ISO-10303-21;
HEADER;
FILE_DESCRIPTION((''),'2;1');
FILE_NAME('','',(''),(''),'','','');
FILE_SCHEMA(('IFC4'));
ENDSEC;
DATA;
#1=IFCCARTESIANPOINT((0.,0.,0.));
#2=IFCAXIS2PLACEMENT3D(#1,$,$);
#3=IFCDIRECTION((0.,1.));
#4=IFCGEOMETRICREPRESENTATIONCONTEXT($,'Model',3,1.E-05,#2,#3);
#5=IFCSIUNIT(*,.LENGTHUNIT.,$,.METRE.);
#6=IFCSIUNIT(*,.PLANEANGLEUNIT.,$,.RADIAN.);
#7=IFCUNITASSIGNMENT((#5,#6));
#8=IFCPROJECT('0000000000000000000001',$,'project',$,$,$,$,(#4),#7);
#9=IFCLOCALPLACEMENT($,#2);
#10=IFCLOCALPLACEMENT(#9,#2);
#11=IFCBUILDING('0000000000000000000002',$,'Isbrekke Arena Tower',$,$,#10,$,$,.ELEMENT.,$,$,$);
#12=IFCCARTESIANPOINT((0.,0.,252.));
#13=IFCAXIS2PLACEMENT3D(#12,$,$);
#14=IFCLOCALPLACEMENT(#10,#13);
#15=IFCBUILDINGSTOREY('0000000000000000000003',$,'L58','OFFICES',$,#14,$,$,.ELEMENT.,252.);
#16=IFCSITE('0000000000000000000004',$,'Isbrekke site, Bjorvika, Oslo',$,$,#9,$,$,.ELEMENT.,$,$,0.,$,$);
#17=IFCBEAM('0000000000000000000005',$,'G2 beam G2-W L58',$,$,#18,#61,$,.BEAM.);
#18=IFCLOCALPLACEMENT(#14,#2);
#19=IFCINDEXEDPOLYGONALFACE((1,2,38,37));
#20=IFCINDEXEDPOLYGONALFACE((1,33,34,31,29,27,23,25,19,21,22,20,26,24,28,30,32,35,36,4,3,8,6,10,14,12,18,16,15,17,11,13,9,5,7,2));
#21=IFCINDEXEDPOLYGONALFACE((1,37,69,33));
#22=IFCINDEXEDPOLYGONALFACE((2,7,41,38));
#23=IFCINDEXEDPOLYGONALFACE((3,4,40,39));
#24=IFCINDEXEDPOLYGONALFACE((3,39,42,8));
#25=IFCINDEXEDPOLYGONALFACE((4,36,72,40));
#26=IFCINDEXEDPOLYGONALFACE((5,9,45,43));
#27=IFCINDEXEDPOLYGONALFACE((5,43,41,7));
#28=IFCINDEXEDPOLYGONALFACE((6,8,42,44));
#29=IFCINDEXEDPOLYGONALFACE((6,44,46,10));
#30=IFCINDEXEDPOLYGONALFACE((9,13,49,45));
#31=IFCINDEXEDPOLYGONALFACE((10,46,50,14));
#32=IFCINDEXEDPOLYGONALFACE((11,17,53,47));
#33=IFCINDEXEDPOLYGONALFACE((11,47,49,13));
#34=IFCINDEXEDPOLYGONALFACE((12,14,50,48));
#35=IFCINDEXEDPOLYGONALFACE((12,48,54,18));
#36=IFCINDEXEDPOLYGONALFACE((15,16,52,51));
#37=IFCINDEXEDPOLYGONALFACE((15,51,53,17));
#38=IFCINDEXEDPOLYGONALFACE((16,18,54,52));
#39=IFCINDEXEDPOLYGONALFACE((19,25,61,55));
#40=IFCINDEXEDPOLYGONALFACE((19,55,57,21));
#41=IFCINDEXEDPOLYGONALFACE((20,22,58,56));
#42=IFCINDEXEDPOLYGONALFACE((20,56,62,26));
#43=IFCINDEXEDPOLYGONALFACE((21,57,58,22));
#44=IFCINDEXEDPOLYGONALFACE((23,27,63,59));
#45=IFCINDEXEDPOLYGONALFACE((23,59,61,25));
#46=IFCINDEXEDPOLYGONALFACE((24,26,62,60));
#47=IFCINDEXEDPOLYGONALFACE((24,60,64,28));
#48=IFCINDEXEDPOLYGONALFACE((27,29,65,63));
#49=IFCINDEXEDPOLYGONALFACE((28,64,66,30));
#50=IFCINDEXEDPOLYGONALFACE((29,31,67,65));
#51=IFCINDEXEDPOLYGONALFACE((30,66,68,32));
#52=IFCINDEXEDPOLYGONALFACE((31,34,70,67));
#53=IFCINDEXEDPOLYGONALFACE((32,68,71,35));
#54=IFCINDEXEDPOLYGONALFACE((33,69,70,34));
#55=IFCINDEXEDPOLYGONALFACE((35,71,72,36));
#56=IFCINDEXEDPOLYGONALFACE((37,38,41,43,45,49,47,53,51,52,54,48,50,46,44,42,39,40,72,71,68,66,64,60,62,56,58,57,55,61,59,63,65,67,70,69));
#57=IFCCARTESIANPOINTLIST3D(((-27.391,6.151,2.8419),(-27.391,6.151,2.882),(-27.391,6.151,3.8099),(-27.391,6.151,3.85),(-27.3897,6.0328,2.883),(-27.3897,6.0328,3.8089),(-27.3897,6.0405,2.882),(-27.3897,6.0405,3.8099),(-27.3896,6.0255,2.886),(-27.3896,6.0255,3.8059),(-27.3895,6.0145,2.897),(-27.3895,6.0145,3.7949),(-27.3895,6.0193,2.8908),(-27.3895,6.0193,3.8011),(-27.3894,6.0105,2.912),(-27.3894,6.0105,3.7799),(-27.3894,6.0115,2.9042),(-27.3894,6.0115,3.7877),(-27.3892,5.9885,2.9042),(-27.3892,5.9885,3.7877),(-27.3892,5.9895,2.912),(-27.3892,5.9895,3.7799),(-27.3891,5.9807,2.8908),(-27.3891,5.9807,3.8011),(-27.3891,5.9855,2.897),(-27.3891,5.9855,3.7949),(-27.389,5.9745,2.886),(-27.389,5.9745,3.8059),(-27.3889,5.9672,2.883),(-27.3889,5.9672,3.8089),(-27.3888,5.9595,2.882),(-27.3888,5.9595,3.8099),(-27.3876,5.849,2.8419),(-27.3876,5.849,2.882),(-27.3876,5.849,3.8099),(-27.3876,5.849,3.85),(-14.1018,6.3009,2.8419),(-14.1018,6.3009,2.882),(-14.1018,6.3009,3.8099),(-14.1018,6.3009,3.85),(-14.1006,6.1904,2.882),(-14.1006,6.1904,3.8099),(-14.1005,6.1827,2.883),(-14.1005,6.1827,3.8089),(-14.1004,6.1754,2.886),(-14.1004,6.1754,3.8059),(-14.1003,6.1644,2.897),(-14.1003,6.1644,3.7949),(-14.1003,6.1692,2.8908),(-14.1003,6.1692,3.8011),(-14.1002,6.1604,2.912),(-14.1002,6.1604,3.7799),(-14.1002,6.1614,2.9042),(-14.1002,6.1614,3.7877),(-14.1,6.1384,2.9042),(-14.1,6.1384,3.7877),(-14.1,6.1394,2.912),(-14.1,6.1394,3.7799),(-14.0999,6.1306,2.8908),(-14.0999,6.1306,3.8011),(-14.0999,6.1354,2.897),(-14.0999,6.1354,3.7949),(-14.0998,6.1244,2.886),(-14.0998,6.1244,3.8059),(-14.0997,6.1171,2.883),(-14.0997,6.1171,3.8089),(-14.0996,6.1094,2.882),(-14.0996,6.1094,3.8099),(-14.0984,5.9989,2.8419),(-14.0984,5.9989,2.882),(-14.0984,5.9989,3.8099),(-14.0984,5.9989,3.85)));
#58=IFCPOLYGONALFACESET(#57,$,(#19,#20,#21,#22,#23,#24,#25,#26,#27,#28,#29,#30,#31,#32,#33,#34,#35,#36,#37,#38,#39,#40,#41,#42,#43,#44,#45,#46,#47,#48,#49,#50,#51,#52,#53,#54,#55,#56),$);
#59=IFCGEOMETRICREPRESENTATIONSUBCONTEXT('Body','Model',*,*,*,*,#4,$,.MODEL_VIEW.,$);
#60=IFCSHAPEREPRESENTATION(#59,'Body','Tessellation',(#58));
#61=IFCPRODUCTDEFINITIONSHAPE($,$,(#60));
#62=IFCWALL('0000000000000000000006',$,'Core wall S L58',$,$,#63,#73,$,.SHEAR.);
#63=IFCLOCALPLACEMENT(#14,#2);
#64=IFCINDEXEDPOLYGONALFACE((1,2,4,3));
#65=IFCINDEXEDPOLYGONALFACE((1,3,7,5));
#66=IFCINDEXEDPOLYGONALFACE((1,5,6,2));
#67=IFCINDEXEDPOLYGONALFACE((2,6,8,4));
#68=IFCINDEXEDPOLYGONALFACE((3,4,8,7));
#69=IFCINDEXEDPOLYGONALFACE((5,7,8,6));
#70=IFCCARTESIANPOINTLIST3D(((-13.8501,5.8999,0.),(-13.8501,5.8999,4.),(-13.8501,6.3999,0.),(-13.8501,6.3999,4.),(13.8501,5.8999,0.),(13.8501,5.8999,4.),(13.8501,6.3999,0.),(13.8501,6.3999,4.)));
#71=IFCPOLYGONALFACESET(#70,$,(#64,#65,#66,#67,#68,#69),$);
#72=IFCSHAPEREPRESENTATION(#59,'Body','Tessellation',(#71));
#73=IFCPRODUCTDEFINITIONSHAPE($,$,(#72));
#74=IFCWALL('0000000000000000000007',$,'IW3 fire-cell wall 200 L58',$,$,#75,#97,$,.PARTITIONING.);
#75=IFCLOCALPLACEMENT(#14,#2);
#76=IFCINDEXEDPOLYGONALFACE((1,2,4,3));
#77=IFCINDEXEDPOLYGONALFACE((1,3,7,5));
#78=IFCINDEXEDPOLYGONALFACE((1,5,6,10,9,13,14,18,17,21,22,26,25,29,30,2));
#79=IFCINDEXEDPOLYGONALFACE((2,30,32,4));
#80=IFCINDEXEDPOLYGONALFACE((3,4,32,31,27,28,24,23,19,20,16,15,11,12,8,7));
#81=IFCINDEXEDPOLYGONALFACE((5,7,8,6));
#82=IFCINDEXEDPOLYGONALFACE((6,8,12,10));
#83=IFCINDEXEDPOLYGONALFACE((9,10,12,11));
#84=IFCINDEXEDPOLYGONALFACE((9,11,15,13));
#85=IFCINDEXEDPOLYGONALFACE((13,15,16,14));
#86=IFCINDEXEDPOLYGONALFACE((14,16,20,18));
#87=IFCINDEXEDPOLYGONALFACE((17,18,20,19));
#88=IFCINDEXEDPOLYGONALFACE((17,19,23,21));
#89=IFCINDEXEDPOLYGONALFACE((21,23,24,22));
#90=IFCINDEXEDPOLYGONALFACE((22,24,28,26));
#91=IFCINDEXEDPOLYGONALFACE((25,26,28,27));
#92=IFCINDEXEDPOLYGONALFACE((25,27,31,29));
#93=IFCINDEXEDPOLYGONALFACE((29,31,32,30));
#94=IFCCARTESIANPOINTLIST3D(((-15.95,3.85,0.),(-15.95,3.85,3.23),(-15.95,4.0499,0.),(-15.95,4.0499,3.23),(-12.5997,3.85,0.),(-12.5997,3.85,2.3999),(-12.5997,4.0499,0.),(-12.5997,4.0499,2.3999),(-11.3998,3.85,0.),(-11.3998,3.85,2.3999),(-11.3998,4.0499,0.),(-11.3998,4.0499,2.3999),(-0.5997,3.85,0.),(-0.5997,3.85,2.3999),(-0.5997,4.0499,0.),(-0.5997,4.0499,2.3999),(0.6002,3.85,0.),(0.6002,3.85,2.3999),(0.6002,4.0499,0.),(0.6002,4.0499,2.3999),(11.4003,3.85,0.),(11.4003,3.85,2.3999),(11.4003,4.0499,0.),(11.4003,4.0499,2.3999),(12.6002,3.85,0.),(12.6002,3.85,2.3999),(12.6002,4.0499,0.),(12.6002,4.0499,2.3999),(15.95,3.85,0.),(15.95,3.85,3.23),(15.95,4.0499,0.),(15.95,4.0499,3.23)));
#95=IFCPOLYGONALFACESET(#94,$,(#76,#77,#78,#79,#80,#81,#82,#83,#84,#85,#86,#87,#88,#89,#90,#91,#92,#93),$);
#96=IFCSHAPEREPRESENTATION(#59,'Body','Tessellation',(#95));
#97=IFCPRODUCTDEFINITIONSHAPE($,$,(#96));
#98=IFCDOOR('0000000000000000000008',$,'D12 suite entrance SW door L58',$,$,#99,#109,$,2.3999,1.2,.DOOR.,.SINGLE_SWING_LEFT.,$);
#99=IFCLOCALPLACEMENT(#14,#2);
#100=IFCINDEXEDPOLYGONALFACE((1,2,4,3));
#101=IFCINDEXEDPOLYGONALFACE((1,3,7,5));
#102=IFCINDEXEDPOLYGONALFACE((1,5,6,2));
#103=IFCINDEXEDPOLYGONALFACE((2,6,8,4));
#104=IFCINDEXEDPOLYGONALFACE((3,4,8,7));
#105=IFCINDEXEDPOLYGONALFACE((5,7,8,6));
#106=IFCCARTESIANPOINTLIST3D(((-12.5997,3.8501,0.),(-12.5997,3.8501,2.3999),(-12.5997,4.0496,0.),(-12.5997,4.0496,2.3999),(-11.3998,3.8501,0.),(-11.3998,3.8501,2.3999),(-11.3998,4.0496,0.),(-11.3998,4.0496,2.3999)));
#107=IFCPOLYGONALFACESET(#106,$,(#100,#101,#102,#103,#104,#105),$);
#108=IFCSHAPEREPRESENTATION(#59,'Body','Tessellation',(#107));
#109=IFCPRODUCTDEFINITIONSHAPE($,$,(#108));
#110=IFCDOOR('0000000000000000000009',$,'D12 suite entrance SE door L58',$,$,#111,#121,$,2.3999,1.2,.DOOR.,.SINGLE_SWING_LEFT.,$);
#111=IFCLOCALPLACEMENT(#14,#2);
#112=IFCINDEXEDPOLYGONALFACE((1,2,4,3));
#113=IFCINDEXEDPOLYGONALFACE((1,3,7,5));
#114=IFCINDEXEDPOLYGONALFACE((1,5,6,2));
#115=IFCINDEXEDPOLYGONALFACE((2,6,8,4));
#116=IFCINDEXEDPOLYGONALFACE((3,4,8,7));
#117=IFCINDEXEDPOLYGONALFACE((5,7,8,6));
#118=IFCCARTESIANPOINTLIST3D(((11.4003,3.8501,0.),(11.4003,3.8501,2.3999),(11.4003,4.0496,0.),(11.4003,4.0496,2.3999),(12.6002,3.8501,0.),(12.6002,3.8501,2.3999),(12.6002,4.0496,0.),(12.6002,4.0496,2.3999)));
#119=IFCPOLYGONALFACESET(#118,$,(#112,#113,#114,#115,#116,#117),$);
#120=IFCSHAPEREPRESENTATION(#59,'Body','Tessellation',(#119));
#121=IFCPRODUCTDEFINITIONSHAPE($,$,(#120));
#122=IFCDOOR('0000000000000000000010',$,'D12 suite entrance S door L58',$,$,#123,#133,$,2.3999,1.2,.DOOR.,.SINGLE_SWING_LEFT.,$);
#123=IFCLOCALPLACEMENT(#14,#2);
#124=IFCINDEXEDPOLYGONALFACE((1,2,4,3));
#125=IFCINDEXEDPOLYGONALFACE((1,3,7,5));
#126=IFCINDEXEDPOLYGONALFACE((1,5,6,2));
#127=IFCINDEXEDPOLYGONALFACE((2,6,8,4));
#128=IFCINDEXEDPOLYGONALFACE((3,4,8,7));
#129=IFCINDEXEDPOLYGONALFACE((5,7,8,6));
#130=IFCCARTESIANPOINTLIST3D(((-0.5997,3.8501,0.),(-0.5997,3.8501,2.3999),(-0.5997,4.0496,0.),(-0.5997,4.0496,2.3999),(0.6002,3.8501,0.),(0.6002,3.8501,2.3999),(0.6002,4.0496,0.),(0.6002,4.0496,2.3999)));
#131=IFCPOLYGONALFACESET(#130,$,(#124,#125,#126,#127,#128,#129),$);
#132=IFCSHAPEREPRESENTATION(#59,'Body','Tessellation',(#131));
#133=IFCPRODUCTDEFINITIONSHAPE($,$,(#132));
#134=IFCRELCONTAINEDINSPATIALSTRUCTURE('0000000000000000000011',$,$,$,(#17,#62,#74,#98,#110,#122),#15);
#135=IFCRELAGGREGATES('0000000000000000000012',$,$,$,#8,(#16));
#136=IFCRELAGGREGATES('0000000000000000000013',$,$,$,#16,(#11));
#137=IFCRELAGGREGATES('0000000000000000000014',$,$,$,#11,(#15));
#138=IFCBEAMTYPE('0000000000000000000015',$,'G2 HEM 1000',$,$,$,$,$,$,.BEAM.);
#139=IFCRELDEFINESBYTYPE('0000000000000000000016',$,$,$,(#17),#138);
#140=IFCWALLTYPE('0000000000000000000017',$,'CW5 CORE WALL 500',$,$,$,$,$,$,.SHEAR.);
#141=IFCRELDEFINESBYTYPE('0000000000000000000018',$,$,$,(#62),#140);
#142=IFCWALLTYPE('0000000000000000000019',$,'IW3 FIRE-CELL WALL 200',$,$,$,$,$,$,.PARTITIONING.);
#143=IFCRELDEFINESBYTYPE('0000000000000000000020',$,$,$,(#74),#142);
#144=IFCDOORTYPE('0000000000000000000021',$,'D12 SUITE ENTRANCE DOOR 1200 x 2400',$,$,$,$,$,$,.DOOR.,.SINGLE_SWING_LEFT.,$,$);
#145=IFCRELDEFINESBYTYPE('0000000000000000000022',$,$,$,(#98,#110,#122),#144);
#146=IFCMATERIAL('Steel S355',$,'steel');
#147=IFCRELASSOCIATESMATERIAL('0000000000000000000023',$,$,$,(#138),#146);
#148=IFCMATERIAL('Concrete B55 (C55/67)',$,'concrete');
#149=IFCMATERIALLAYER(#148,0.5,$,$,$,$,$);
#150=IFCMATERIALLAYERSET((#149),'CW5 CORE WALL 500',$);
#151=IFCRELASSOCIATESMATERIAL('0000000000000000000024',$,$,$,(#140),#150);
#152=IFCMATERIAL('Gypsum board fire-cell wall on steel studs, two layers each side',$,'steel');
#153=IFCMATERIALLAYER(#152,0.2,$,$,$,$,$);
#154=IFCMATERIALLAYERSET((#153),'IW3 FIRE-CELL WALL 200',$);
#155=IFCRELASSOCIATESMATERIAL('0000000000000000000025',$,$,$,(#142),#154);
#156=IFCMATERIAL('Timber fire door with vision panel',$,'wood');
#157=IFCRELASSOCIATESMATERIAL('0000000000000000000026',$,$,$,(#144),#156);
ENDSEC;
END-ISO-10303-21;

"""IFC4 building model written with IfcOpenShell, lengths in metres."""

from ifc_helpers import new_model, si_unit, direction, frame, frame_2d, origin, origin_2d, place, context, subcontext, project, spatial, rectangle, i_section, extrude, material, layer, layer_set, material_profile, profile_set, type_object, element, fill, save


model = new_model("IFC4")

# Units and contexts
model_context = context("Model", 3, precision=1e-05, world=origin(), true_north=direction((0.0, 1.0)))
body_context = subcontext(model_context, "Body", "Model", "MODEL_VIEW")
ifc_project = project(units=[si_unit("LENGTHUNIT", "METRE"), si_unit("PLANEANGLEUNIT", "RADIAN")], contexts=[model_context])

# Site, building, storey
site_placement = place(None, origin())
site = spatial("IfcSite", under=ifc_project, at=site_placement, Name="Isbrekke site, Bjorvika, Oslo", CompositionType="ELEMENT", RefElevation=0.0)
building_placement = place(site_placement, origin())
building = spatial("IfcBuilding", under=site, at=building_placement, Name="Isbrekke Arena Tower", CompositionType="ELEMENT")
storey_placement = place(building_placement, frame((0.0, 0.0, 252.0)))
storey = spatial("IfcBuildingStorey", under=building, at=storey_placement, Name="L58", Description="OFFICES", CompositionType="ELEMENT", Elevation=252.0)

# Beam
ifc_material_1 = material(Name="Steel S355", Category="steel")
ifc_material_profile = material_profile(ifc_material_1, i_section(OverallWidth=0.302, OverallDepth=1.0081, WebThickness=0.021, FlangeThickness=0.04, FilletRadius=0.03, at=origin_2d()), Name="HEM 1000")
ifc_profile_set = profile_set([ifc_material_profile], Name="Steel S355")
beam_type = type_object("IfcBeamType", Name="G2 HEM 1000", PredefinedType="BEAM", material=ifc_profile_set)
beam_placement = place(storey_placement, frame((-14.1001, 6.1499, 3.3459), z_axis=(-0.999936, -0.011279, 0.0), x_axis=(0.011279, -0.999936, 0.0)))
element("IfcBeam", 1, at=beam_placement, inside=storey, type_object=beam_type, Name="G2 beam G2-W L58", PredefinedType="BEAM", context=body_context, shape_type="SweptSolid", body=[
    extrude(i_section(OverallWidth=0.302, OverallDepth=1.0081, WebThickness=0.021, FlangeThickness=0.04, FilletRadius=0.03, at=origin_2d()), origin(), (0.0, 0.0, 1.0), 13.29),
])

# Wall
ifc_material_2 = material(Name="Concrete B55 (C55/67)", Category="concrete")
ifc_layer_1 = layer(ifc_material_2, 0.5)
ifc_layer_set_1 = layer_set([ifc_layer_1], Name="CW5 CORE WALL 500")
wall_type_1 = type_object("IfcWallType", Name="CW5 CORE WALL 500", PredefinedType="SHEAR", material=ifc_layer_set_1)
wall_1_placement = place(storey_placement, frame((-13.8501, 6.1499, 0.0), z_axis=(0.0, 0.0, 1.0), x_axis=(1.0, 0.0, 0.0)))
element("IfcWall", 2, at=wall_1_placement, inside=storey, type_object=wall_type_1, Name="Core wall S L58", PredefinedType="SHEAR", context=body_context, shape_type="SweptSolid", body=[
    extrude(rectangle(XDim=27.7002, YDim=0.5, at=frame_2d((13.8501, 0.0))), origin(), (0.0, 0.0, 1.0), 4.0),
])

# Wall, openings, doors
ifc_material_3 = material(Name="Gypsum board fire-cell wall on steel studs, two layers each side", Category="steel")
ifc_layer_2 = layer(ifc_material_3, 0.2)
ifc_layer_set_2 = layer_set([ifc_layer_2], Name="IW3 FIRE-CELL WALL 200")
wall_type_2 = type_object("IfcWallType", Name="IW3 FIRE-CELL WALL 200", PredefinedType="PARTITIONING", material=ifc_layer_set_2)
wall_2_placement = place(storey_placement, frame((-15.95, 3.95, 0.0), z_axis=(0.0, 0.0, 1.0), x_axis=(1.0, 0.0, 0.0)))
wall_2 = element("IfcWall", 3, at=wall_2_placement, inside=storey, type_object=wall_type_2, Name="IW3 fire-cell wall 200 L58", PredefinedType="PARTITIONING", context=body_context, shape_type="SweptSolid", body=[
    extrude(rectangle(XDim=31.8999, YDim=0.2, at=frame_2d((15.95, 0.0))), origin(), (0.0, 0.0, 1.0), 3.23),
])
opening_1_placement = place(wall_2_placement, frame((3.3501, 0.0, 0.0)))
opening_1 = element("IfcOpeningElement", 4, at=opening_1_placement, cuts=wall_2, PredefinedType="OPENING", context=body_context, shape_type="SweptSolid", body=[
    extrude(rectangle(XDim=1.2, YDim=2.3999, at=frame_2d((0.6001, 1.2))), frame((0.0, 0.1147, 0.0), z_axis=(0.0, -1.0, 0.0), x_axis=(1.0, 0.0, 0.0)), (0.0, 0.0, 1.0), 0.2297),
])
opening_2_placement = place(wall_2_placement, frame((27.3501, 0.0, 0.0)))
opening_2 = element("IfcOpeningElement", 5, at=opening_2_placement, cuts=wall_2, PredefinedType="OPENING", context=body_context, shape_type="SweptSolid", body=[
    extrude(rectangle(XDim=1.2, YDim=2.3999, at=frame_2d((0.6001, 1.2))), frame((0.0, 0.1147, 0.0), z_axis=(0.0, -1.0, 0.0), x_axis=(1.0, 0.0, 0.0)), (0.0, 0.0, 1.0), 0.2297),
])
opening_3_placement = place(wall_2_placement, frame((15.3501, 0.0, 0.0)))
opening_3 = element("IfcOpeningElement", 6, at=opening_3_placement, cuts=wall_2, PredefinedType="OPENING", context=body_context, shape_type="SweptSolid", body=[
    extrude(rectangle(XDim=1.2, YDim=2.3999, at=frame_2d((0.6001, 1.2))), frame((0.0, 0.1147, 0.0), z_axis=(0.0, -1.0, 0.0), x_axis=(1.0, 0.0, 0.0)), (0.0, 0.0, 1.0), 0.2297),
])
ifc_material_4 = material(Name="Timber fire door with vision panel", Category="wood")
door_type = type_object("IfcDoorType", Name="D12 SUITE ENTRANCE DOOR 1200 x 2400", OperationType="SINGLE_SWING_LEFT", PredefinedType="DOOR", material=ifc_material_4)
door_1_placement = place(opening_1_placement, origin())
door_1 = element("IfcDoor", 7, at=door_1_placement, inside=storey, type_object=door_type, Name="D12 suite entrance SW door L58", OperationType="SINGLE_SWING_LEFT", OverallHeight=2.3999, OverallWidth=1.2, PredefinedType="DOOR", context=body_context, shape_type="SweptSolid", body=[
    extrude(rectangle(XDim=1.2, YDim=2.3999, at=frame_2d((0.6001, 1.2))), frame((0.0, 0.0996, 0.0), z_axis=(0.0, -1.0, 0.0), x_axis=(1.0, 0.0, 0.0)), (0.0, 0.0, 1.0), 0.1995),
])
fill(opening_1, door_1)
door_2_placement = place(opening_2_placement, origin())
door_2 = element("IfcDoor", 8, at=door_2_placement, inside=storey, type_object=door_type, Name="D12 suite entrance SE door L58", OperationType="SINGLE_SWING_LEFT", OverallHeight=2.3999, OverallWidth=1.2, PredefinedType="DOOR", context=body_context, shape_type="SweptSolid", body=[
    extrude(rectangle(XDim=1.2, YDim=2.3999, at=frame_2d((0.6001, 1.2))), frame((0.0, 0.0996, 0.0), z_axis=(0.0, -1.0, 0.0), x_axis=(1.0, 0.0, 0.0)), (0.0, 0.0, 1.0), 0.1995),
])
fill(opening_2, door_2)
door_3_placement = place(opening_3_placement, origin())
door_3 = element("IfcDoor", 9, at=door_3_placement, inside=storey, type_object=door_type, Name="D12 suite entrance S door L58", OperationType="SINGLE_SWING_LEFT", OverallHeight=2.3999, OverallWidth=1.2, PredefinedType="DOOR", context=body_context, shape_type="SweptSolid", body=[
    extrude(rectangle(XDim=1.2, YDim=2.3999, at=frame_2d((0.6001, 1.2))), frame((0.0, 0.0996, 0.0), z_axis=(0.0, -1.0, 0.0), x_axis=(1.0, 0.0, 0.0)), (0.0, 0.0, 1.0), 0.1995),
])
fill(opening_3, door_3)

save(model, "model.ifc")
